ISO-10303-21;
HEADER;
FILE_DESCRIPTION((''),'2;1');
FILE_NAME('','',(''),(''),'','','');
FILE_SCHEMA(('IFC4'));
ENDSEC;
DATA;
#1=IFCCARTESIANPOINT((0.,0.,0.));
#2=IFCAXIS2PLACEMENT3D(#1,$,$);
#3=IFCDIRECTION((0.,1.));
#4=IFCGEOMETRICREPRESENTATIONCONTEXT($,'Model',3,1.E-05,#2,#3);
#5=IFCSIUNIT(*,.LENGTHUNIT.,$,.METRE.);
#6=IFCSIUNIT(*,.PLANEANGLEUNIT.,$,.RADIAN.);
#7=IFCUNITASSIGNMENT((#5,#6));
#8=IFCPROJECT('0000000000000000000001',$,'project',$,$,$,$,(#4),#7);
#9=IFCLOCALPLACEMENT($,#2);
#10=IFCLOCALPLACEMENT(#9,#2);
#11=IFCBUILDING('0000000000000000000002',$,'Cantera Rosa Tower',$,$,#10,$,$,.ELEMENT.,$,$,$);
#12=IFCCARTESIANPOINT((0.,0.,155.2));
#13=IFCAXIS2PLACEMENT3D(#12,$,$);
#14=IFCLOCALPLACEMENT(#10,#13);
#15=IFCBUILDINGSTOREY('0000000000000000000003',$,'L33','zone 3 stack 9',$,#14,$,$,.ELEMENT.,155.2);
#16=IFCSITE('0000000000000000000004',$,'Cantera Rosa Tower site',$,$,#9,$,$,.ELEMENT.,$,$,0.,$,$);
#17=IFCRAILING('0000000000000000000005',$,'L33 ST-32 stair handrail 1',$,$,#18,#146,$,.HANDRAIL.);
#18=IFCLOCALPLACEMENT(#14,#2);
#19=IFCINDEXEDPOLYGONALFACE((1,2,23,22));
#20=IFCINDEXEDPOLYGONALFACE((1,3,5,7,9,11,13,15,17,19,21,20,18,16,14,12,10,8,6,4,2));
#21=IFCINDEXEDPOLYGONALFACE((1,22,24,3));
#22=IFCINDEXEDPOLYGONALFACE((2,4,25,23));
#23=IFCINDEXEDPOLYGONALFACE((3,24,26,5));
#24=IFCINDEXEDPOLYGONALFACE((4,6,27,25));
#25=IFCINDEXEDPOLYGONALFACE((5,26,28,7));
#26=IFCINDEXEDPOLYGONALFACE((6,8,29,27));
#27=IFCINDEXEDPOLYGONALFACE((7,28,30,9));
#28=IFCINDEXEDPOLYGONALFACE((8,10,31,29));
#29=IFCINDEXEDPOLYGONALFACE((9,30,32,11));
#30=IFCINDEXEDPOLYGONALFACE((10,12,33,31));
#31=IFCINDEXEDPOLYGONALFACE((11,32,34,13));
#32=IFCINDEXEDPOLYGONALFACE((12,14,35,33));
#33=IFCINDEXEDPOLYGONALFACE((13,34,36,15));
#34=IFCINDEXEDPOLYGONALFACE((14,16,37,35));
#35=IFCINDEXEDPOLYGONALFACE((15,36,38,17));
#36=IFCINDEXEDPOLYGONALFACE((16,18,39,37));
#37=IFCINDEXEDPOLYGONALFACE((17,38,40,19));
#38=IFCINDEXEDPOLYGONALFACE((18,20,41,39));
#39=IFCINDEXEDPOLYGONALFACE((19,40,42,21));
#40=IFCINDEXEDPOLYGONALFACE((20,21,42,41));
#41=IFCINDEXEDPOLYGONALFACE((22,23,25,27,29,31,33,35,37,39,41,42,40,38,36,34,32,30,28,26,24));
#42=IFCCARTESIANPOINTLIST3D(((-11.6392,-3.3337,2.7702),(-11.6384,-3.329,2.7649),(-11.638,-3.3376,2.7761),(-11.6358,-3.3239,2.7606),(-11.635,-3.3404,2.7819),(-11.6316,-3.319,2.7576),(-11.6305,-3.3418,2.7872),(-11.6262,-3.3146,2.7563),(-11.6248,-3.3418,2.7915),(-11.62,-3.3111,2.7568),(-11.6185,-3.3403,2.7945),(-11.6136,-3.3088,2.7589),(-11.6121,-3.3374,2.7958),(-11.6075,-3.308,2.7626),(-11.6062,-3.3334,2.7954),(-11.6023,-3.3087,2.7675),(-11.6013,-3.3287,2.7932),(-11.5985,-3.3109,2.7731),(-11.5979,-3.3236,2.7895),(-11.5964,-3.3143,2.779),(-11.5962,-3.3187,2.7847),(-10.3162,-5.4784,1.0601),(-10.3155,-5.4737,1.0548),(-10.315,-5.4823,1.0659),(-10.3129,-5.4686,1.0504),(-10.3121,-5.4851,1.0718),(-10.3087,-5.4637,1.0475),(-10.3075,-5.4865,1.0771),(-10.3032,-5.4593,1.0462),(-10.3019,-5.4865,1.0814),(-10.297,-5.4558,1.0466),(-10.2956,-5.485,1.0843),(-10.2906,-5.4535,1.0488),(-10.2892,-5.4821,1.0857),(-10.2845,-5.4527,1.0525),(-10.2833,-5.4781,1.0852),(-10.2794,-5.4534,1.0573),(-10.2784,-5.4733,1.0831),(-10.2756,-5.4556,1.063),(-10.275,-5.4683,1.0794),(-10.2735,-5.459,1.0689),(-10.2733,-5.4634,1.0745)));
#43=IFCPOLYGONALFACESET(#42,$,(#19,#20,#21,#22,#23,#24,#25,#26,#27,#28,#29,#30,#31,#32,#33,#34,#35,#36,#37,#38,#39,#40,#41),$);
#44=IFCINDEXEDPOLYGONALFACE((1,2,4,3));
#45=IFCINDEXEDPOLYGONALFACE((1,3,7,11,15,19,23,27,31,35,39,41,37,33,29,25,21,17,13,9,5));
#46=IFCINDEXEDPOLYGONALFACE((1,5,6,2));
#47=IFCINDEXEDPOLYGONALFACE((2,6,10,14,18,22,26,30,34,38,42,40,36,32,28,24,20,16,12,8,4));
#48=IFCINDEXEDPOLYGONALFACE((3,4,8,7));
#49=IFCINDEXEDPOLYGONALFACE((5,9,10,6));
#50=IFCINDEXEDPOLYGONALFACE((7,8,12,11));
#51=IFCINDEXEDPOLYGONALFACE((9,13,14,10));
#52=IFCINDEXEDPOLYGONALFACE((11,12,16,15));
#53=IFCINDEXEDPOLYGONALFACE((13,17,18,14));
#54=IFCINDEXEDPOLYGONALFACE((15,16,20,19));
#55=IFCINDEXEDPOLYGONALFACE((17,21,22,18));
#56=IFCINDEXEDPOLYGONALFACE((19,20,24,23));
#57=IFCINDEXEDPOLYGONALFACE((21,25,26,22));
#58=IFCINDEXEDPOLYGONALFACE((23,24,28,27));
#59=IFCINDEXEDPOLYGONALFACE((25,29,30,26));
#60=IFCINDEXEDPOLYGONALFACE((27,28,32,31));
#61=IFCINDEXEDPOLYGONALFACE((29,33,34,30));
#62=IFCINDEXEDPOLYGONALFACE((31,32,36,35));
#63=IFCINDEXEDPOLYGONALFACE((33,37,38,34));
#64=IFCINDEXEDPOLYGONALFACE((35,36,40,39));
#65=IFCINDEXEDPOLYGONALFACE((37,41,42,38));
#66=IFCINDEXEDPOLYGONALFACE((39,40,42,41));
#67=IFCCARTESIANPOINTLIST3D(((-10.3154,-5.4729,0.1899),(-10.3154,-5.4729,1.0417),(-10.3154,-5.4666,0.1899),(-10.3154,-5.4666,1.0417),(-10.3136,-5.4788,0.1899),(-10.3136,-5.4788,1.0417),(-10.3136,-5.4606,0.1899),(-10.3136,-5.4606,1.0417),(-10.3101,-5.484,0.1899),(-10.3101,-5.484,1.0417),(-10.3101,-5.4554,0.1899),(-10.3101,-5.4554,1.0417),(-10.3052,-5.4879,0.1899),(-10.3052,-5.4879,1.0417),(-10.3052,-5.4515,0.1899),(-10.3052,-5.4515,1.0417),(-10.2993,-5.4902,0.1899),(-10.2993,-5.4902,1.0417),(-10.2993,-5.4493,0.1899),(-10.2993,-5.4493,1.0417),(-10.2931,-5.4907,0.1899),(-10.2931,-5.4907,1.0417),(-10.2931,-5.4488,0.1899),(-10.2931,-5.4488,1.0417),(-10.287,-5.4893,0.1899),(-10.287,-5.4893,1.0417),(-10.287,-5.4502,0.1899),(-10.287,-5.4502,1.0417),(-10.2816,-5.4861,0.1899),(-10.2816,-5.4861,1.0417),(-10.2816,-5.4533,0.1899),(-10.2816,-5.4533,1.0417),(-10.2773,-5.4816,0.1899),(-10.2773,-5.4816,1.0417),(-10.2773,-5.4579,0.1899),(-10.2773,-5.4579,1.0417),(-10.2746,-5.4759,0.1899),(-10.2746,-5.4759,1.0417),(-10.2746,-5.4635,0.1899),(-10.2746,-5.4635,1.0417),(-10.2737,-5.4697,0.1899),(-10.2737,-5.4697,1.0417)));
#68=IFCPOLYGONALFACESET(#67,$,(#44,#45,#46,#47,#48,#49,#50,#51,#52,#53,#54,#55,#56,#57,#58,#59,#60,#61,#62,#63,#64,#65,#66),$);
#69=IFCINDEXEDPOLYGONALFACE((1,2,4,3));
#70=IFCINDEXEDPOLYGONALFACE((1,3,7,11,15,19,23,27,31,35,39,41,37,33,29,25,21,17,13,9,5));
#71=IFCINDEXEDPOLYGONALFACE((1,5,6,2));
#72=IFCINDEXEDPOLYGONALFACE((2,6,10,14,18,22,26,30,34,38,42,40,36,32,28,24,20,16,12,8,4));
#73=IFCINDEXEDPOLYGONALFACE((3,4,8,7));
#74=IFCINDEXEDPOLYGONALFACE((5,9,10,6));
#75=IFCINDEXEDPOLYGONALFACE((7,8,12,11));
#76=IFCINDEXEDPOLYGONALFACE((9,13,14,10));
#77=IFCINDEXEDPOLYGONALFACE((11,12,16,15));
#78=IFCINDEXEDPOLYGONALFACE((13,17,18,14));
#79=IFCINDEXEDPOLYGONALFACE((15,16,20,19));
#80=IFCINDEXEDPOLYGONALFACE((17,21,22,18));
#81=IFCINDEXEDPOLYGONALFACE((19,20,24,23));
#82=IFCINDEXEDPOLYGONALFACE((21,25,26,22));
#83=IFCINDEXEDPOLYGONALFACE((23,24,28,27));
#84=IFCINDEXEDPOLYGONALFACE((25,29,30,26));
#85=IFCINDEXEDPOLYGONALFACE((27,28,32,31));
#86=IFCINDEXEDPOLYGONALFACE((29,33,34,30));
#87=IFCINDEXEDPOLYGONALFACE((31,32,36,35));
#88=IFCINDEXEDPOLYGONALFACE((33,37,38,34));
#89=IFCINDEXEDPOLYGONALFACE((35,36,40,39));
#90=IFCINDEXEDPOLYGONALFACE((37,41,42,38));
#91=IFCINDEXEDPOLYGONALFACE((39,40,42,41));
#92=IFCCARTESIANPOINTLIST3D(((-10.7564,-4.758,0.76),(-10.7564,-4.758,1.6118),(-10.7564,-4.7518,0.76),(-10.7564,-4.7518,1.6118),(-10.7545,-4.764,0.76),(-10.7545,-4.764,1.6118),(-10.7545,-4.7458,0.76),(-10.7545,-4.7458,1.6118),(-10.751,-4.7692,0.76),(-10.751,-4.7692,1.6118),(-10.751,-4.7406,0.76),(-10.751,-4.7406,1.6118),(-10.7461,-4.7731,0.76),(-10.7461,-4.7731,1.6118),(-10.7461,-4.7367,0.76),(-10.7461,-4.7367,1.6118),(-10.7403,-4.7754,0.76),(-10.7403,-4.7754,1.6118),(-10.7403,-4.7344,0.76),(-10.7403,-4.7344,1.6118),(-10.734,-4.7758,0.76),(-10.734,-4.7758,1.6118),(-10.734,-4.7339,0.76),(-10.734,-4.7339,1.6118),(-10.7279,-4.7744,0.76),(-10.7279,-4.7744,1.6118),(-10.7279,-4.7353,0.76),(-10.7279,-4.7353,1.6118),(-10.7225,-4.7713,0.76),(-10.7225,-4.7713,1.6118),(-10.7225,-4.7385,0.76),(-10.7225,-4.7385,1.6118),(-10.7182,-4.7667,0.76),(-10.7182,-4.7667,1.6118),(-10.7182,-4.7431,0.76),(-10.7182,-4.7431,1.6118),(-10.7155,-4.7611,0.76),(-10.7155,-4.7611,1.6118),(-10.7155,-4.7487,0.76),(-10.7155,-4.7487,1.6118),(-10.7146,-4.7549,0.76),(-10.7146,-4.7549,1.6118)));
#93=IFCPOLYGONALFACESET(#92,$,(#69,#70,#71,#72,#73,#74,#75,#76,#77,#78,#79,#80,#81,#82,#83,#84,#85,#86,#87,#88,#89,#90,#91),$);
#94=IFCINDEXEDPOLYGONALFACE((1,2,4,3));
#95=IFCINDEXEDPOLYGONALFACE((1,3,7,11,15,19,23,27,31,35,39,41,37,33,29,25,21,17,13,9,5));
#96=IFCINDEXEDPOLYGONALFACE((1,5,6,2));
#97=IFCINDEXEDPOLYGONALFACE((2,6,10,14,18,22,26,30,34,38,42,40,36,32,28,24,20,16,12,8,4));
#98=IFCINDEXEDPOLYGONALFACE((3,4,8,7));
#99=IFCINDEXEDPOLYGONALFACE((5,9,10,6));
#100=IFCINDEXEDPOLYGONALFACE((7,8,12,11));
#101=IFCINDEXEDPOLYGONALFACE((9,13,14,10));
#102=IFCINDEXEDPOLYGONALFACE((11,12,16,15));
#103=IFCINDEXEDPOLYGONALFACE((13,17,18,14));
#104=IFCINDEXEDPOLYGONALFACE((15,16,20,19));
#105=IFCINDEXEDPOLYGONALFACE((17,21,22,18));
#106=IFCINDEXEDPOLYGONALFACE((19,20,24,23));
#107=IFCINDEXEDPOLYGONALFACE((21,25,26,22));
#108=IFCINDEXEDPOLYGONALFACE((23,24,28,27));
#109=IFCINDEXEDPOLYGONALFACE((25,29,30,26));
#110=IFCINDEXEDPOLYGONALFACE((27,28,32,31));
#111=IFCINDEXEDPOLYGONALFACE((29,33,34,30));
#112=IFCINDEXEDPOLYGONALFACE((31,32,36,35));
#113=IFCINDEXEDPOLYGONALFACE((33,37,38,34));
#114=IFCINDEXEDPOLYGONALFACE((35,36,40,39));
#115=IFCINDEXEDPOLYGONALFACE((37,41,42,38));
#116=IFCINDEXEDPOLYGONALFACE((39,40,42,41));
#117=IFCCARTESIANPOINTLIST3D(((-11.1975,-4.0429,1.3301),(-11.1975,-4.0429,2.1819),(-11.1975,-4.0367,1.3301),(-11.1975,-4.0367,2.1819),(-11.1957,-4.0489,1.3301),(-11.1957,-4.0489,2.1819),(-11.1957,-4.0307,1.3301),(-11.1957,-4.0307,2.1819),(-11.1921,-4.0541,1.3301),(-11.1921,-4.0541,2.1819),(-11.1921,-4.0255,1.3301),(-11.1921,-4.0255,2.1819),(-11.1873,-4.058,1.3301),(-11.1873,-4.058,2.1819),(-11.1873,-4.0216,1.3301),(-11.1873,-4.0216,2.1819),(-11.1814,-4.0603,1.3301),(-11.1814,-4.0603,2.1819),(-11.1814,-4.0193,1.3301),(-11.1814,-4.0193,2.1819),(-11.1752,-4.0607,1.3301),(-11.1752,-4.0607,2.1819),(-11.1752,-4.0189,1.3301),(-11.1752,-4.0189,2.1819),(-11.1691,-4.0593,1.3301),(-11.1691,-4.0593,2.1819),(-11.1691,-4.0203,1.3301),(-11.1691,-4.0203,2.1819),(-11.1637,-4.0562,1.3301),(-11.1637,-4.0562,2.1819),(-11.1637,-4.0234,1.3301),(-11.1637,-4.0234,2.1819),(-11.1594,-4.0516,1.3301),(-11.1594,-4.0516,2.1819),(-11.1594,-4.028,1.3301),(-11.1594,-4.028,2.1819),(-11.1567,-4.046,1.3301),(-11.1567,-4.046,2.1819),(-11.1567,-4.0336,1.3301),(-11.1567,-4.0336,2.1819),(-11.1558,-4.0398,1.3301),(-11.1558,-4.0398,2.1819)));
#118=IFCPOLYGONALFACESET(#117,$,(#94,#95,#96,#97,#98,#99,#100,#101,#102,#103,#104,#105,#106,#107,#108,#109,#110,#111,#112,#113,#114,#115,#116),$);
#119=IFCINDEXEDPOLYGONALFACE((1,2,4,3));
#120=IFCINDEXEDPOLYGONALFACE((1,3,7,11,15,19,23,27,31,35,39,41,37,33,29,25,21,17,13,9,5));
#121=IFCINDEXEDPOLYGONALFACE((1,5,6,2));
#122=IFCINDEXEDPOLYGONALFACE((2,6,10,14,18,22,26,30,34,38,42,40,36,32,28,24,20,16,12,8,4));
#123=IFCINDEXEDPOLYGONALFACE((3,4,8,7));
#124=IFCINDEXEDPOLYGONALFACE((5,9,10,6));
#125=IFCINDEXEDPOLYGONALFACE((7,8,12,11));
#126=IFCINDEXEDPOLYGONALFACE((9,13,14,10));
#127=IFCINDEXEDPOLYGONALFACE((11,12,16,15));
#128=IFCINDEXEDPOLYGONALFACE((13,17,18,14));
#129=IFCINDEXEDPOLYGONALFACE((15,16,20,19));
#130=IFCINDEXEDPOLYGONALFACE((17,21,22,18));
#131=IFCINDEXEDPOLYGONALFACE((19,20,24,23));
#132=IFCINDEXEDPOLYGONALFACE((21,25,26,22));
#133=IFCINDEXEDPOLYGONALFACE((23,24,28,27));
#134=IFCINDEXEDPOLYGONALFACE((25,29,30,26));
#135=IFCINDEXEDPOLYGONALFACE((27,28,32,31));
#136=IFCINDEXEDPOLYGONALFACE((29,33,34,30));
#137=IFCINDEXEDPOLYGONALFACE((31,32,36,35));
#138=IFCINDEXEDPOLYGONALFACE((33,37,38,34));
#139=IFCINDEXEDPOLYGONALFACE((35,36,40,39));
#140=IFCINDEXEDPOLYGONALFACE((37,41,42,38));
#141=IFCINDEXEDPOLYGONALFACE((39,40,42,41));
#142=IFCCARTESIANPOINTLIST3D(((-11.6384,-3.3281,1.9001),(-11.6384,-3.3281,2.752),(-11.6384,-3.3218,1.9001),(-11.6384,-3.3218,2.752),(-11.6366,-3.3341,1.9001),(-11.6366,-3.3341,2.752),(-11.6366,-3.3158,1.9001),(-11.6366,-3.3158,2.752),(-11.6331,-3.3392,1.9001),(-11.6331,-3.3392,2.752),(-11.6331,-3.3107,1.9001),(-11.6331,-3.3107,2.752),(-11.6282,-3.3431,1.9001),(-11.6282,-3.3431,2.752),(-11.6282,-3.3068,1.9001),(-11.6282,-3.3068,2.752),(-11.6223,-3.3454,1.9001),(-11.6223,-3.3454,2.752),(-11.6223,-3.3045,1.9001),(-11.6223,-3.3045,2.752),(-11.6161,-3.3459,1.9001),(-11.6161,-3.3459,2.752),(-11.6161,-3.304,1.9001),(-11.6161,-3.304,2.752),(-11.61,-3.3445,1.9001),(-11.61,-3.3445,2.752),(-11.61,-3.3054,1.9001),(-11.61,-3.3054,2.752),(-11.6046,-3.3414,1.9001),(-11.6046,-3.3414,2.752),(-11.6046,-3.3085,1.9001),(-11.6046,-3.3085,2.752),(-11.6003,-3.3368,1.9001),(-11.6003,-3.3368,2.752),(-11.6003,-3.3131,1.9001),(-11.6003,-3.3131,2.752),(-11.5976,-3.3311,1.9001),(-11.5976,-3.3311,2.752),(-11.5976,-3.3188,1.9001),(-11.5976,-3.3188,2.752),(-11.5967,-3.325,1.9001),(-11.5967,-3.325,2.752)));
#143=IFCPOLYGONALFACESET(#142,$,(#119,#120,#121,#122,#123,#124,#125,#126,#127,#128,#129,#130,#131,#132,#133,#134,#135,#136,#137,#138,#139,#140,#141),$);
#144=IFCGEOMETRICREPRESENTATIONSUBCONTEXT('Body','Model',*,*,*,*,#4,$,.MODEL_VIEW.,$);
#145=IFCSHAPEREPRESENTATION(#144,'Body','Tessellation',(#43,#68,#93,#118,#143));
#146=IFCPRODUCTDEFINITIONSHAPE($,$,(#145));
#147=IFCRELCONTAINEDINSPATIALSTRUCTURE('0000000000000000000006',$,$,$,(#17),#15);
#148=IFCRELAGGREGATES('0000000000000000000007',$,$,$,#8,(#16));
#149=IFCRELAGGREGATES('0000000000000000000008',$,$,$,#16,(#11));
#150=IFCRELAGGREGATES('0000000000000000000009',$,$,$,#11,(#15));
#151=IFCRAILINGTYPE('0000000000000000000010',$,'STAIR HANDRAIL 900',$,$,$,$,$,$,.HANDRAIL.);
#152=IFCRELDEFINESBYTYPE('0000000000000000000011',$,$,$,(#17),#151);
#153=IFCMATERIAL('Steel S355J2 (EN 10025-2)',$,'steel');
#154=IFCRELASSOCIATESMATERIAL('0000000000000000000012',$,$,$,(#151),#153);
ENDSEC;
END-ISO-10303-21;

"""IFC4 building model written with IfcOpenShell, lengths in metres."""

from ifc_helpers import new_model, si_unit, direction, frame, origin, origin_2d, place, context, subcontext, project, spatial, circle, extrude, material, type_object, element, save


model = new_model("IFC4")

# Units and contexts
model_context = context("Model", 3, precision=1e-05, world=origin(), true_north=direction((0.0, 1.0)))
body_context = subcontext(model_context, "Body", "Model", "MODEL_VIEW")
ifc_project = project(units=[si_unit("LENGTHUNIT", "METRE"), si_unit("PLANEANGLEUNIT", "RADIAN")], contexts=[model_context])

# Site, building, storey
site_placement = place(None, origin())
site = spatial("IfcSite", under=ifc_project, at=site_placement, Name="Cantera Rosa Tower site", CompositionType="ELEMENT", RefElevation=0.0)
building_placement = place(site_placement, origin())
building = spatial("IfcBuilding", under=site, at=building_placement, Name="Cantera Rosa Tower", CompositionType="ELEMENT")
storey_placement = place(building_placement, frame((0.0, 0.0, 155.2)))
storey = spatial("IfcBuildingStorey", under=building, at=storey_placement, Name="L33", Description="zone 3 stack 9", CompositionType="ELEMENT", Elevation=155.2)

# Railing
ifc_material_1 = material(Name="Steel S355J2 (EN 10025-2)", Category="steel")
railing_type_1 = type_object("IfcRailingType", Name="STAIR HANDRAIL 900", PredefinedType="HANDRAIL", material=ifc_material_1)
railing_1_placement = place(storey_placement, frame((-10.2947, -5.4697, 0.1899)))
element("IfcRailing", 1, at=railing_1_placement, inside=storey, type_object=railing_type_1, Name="L33 ST-32 stair handrail 1", PredefinedType="HANDRAIL", context=body_context, shape_type="SweptSolid", body=[
    extrude(circle(Radius=0.0239, at=origin_2d()), frame((0.0, 0.0, 0.876), z_axis=(-0.434408, 0.70424, 0.561548), x_axis=(-0.851102, -0.525, 0.0)), (0.0, 0.0, 1.0), 3.0454),
    extrude(circle(Radius=0.021, at=origin_2d()), origin(), (0.0, 0.0, 1.0), 0.8518),
    extrude(circle(Radius=0.021, at=origin_2d()), frame((-0.4409, 0.7148, 0.5701)), (0.0, 0.0, 1.0), 0.8518),
    extrude(circle(Radius=0.021, at=origin_2d()), frame((-0.8821, 1.4299, 1.1401)), (0.0, 0.0, 1.0), 0.8518),
    extrude(circle(Radius=0.021, at=origin_2d()), frame((-1.323, 2.1448, 1.7102)), (0.0, 0.0, 1.0), 0.8518),
])

save(model, "model.ifc")
